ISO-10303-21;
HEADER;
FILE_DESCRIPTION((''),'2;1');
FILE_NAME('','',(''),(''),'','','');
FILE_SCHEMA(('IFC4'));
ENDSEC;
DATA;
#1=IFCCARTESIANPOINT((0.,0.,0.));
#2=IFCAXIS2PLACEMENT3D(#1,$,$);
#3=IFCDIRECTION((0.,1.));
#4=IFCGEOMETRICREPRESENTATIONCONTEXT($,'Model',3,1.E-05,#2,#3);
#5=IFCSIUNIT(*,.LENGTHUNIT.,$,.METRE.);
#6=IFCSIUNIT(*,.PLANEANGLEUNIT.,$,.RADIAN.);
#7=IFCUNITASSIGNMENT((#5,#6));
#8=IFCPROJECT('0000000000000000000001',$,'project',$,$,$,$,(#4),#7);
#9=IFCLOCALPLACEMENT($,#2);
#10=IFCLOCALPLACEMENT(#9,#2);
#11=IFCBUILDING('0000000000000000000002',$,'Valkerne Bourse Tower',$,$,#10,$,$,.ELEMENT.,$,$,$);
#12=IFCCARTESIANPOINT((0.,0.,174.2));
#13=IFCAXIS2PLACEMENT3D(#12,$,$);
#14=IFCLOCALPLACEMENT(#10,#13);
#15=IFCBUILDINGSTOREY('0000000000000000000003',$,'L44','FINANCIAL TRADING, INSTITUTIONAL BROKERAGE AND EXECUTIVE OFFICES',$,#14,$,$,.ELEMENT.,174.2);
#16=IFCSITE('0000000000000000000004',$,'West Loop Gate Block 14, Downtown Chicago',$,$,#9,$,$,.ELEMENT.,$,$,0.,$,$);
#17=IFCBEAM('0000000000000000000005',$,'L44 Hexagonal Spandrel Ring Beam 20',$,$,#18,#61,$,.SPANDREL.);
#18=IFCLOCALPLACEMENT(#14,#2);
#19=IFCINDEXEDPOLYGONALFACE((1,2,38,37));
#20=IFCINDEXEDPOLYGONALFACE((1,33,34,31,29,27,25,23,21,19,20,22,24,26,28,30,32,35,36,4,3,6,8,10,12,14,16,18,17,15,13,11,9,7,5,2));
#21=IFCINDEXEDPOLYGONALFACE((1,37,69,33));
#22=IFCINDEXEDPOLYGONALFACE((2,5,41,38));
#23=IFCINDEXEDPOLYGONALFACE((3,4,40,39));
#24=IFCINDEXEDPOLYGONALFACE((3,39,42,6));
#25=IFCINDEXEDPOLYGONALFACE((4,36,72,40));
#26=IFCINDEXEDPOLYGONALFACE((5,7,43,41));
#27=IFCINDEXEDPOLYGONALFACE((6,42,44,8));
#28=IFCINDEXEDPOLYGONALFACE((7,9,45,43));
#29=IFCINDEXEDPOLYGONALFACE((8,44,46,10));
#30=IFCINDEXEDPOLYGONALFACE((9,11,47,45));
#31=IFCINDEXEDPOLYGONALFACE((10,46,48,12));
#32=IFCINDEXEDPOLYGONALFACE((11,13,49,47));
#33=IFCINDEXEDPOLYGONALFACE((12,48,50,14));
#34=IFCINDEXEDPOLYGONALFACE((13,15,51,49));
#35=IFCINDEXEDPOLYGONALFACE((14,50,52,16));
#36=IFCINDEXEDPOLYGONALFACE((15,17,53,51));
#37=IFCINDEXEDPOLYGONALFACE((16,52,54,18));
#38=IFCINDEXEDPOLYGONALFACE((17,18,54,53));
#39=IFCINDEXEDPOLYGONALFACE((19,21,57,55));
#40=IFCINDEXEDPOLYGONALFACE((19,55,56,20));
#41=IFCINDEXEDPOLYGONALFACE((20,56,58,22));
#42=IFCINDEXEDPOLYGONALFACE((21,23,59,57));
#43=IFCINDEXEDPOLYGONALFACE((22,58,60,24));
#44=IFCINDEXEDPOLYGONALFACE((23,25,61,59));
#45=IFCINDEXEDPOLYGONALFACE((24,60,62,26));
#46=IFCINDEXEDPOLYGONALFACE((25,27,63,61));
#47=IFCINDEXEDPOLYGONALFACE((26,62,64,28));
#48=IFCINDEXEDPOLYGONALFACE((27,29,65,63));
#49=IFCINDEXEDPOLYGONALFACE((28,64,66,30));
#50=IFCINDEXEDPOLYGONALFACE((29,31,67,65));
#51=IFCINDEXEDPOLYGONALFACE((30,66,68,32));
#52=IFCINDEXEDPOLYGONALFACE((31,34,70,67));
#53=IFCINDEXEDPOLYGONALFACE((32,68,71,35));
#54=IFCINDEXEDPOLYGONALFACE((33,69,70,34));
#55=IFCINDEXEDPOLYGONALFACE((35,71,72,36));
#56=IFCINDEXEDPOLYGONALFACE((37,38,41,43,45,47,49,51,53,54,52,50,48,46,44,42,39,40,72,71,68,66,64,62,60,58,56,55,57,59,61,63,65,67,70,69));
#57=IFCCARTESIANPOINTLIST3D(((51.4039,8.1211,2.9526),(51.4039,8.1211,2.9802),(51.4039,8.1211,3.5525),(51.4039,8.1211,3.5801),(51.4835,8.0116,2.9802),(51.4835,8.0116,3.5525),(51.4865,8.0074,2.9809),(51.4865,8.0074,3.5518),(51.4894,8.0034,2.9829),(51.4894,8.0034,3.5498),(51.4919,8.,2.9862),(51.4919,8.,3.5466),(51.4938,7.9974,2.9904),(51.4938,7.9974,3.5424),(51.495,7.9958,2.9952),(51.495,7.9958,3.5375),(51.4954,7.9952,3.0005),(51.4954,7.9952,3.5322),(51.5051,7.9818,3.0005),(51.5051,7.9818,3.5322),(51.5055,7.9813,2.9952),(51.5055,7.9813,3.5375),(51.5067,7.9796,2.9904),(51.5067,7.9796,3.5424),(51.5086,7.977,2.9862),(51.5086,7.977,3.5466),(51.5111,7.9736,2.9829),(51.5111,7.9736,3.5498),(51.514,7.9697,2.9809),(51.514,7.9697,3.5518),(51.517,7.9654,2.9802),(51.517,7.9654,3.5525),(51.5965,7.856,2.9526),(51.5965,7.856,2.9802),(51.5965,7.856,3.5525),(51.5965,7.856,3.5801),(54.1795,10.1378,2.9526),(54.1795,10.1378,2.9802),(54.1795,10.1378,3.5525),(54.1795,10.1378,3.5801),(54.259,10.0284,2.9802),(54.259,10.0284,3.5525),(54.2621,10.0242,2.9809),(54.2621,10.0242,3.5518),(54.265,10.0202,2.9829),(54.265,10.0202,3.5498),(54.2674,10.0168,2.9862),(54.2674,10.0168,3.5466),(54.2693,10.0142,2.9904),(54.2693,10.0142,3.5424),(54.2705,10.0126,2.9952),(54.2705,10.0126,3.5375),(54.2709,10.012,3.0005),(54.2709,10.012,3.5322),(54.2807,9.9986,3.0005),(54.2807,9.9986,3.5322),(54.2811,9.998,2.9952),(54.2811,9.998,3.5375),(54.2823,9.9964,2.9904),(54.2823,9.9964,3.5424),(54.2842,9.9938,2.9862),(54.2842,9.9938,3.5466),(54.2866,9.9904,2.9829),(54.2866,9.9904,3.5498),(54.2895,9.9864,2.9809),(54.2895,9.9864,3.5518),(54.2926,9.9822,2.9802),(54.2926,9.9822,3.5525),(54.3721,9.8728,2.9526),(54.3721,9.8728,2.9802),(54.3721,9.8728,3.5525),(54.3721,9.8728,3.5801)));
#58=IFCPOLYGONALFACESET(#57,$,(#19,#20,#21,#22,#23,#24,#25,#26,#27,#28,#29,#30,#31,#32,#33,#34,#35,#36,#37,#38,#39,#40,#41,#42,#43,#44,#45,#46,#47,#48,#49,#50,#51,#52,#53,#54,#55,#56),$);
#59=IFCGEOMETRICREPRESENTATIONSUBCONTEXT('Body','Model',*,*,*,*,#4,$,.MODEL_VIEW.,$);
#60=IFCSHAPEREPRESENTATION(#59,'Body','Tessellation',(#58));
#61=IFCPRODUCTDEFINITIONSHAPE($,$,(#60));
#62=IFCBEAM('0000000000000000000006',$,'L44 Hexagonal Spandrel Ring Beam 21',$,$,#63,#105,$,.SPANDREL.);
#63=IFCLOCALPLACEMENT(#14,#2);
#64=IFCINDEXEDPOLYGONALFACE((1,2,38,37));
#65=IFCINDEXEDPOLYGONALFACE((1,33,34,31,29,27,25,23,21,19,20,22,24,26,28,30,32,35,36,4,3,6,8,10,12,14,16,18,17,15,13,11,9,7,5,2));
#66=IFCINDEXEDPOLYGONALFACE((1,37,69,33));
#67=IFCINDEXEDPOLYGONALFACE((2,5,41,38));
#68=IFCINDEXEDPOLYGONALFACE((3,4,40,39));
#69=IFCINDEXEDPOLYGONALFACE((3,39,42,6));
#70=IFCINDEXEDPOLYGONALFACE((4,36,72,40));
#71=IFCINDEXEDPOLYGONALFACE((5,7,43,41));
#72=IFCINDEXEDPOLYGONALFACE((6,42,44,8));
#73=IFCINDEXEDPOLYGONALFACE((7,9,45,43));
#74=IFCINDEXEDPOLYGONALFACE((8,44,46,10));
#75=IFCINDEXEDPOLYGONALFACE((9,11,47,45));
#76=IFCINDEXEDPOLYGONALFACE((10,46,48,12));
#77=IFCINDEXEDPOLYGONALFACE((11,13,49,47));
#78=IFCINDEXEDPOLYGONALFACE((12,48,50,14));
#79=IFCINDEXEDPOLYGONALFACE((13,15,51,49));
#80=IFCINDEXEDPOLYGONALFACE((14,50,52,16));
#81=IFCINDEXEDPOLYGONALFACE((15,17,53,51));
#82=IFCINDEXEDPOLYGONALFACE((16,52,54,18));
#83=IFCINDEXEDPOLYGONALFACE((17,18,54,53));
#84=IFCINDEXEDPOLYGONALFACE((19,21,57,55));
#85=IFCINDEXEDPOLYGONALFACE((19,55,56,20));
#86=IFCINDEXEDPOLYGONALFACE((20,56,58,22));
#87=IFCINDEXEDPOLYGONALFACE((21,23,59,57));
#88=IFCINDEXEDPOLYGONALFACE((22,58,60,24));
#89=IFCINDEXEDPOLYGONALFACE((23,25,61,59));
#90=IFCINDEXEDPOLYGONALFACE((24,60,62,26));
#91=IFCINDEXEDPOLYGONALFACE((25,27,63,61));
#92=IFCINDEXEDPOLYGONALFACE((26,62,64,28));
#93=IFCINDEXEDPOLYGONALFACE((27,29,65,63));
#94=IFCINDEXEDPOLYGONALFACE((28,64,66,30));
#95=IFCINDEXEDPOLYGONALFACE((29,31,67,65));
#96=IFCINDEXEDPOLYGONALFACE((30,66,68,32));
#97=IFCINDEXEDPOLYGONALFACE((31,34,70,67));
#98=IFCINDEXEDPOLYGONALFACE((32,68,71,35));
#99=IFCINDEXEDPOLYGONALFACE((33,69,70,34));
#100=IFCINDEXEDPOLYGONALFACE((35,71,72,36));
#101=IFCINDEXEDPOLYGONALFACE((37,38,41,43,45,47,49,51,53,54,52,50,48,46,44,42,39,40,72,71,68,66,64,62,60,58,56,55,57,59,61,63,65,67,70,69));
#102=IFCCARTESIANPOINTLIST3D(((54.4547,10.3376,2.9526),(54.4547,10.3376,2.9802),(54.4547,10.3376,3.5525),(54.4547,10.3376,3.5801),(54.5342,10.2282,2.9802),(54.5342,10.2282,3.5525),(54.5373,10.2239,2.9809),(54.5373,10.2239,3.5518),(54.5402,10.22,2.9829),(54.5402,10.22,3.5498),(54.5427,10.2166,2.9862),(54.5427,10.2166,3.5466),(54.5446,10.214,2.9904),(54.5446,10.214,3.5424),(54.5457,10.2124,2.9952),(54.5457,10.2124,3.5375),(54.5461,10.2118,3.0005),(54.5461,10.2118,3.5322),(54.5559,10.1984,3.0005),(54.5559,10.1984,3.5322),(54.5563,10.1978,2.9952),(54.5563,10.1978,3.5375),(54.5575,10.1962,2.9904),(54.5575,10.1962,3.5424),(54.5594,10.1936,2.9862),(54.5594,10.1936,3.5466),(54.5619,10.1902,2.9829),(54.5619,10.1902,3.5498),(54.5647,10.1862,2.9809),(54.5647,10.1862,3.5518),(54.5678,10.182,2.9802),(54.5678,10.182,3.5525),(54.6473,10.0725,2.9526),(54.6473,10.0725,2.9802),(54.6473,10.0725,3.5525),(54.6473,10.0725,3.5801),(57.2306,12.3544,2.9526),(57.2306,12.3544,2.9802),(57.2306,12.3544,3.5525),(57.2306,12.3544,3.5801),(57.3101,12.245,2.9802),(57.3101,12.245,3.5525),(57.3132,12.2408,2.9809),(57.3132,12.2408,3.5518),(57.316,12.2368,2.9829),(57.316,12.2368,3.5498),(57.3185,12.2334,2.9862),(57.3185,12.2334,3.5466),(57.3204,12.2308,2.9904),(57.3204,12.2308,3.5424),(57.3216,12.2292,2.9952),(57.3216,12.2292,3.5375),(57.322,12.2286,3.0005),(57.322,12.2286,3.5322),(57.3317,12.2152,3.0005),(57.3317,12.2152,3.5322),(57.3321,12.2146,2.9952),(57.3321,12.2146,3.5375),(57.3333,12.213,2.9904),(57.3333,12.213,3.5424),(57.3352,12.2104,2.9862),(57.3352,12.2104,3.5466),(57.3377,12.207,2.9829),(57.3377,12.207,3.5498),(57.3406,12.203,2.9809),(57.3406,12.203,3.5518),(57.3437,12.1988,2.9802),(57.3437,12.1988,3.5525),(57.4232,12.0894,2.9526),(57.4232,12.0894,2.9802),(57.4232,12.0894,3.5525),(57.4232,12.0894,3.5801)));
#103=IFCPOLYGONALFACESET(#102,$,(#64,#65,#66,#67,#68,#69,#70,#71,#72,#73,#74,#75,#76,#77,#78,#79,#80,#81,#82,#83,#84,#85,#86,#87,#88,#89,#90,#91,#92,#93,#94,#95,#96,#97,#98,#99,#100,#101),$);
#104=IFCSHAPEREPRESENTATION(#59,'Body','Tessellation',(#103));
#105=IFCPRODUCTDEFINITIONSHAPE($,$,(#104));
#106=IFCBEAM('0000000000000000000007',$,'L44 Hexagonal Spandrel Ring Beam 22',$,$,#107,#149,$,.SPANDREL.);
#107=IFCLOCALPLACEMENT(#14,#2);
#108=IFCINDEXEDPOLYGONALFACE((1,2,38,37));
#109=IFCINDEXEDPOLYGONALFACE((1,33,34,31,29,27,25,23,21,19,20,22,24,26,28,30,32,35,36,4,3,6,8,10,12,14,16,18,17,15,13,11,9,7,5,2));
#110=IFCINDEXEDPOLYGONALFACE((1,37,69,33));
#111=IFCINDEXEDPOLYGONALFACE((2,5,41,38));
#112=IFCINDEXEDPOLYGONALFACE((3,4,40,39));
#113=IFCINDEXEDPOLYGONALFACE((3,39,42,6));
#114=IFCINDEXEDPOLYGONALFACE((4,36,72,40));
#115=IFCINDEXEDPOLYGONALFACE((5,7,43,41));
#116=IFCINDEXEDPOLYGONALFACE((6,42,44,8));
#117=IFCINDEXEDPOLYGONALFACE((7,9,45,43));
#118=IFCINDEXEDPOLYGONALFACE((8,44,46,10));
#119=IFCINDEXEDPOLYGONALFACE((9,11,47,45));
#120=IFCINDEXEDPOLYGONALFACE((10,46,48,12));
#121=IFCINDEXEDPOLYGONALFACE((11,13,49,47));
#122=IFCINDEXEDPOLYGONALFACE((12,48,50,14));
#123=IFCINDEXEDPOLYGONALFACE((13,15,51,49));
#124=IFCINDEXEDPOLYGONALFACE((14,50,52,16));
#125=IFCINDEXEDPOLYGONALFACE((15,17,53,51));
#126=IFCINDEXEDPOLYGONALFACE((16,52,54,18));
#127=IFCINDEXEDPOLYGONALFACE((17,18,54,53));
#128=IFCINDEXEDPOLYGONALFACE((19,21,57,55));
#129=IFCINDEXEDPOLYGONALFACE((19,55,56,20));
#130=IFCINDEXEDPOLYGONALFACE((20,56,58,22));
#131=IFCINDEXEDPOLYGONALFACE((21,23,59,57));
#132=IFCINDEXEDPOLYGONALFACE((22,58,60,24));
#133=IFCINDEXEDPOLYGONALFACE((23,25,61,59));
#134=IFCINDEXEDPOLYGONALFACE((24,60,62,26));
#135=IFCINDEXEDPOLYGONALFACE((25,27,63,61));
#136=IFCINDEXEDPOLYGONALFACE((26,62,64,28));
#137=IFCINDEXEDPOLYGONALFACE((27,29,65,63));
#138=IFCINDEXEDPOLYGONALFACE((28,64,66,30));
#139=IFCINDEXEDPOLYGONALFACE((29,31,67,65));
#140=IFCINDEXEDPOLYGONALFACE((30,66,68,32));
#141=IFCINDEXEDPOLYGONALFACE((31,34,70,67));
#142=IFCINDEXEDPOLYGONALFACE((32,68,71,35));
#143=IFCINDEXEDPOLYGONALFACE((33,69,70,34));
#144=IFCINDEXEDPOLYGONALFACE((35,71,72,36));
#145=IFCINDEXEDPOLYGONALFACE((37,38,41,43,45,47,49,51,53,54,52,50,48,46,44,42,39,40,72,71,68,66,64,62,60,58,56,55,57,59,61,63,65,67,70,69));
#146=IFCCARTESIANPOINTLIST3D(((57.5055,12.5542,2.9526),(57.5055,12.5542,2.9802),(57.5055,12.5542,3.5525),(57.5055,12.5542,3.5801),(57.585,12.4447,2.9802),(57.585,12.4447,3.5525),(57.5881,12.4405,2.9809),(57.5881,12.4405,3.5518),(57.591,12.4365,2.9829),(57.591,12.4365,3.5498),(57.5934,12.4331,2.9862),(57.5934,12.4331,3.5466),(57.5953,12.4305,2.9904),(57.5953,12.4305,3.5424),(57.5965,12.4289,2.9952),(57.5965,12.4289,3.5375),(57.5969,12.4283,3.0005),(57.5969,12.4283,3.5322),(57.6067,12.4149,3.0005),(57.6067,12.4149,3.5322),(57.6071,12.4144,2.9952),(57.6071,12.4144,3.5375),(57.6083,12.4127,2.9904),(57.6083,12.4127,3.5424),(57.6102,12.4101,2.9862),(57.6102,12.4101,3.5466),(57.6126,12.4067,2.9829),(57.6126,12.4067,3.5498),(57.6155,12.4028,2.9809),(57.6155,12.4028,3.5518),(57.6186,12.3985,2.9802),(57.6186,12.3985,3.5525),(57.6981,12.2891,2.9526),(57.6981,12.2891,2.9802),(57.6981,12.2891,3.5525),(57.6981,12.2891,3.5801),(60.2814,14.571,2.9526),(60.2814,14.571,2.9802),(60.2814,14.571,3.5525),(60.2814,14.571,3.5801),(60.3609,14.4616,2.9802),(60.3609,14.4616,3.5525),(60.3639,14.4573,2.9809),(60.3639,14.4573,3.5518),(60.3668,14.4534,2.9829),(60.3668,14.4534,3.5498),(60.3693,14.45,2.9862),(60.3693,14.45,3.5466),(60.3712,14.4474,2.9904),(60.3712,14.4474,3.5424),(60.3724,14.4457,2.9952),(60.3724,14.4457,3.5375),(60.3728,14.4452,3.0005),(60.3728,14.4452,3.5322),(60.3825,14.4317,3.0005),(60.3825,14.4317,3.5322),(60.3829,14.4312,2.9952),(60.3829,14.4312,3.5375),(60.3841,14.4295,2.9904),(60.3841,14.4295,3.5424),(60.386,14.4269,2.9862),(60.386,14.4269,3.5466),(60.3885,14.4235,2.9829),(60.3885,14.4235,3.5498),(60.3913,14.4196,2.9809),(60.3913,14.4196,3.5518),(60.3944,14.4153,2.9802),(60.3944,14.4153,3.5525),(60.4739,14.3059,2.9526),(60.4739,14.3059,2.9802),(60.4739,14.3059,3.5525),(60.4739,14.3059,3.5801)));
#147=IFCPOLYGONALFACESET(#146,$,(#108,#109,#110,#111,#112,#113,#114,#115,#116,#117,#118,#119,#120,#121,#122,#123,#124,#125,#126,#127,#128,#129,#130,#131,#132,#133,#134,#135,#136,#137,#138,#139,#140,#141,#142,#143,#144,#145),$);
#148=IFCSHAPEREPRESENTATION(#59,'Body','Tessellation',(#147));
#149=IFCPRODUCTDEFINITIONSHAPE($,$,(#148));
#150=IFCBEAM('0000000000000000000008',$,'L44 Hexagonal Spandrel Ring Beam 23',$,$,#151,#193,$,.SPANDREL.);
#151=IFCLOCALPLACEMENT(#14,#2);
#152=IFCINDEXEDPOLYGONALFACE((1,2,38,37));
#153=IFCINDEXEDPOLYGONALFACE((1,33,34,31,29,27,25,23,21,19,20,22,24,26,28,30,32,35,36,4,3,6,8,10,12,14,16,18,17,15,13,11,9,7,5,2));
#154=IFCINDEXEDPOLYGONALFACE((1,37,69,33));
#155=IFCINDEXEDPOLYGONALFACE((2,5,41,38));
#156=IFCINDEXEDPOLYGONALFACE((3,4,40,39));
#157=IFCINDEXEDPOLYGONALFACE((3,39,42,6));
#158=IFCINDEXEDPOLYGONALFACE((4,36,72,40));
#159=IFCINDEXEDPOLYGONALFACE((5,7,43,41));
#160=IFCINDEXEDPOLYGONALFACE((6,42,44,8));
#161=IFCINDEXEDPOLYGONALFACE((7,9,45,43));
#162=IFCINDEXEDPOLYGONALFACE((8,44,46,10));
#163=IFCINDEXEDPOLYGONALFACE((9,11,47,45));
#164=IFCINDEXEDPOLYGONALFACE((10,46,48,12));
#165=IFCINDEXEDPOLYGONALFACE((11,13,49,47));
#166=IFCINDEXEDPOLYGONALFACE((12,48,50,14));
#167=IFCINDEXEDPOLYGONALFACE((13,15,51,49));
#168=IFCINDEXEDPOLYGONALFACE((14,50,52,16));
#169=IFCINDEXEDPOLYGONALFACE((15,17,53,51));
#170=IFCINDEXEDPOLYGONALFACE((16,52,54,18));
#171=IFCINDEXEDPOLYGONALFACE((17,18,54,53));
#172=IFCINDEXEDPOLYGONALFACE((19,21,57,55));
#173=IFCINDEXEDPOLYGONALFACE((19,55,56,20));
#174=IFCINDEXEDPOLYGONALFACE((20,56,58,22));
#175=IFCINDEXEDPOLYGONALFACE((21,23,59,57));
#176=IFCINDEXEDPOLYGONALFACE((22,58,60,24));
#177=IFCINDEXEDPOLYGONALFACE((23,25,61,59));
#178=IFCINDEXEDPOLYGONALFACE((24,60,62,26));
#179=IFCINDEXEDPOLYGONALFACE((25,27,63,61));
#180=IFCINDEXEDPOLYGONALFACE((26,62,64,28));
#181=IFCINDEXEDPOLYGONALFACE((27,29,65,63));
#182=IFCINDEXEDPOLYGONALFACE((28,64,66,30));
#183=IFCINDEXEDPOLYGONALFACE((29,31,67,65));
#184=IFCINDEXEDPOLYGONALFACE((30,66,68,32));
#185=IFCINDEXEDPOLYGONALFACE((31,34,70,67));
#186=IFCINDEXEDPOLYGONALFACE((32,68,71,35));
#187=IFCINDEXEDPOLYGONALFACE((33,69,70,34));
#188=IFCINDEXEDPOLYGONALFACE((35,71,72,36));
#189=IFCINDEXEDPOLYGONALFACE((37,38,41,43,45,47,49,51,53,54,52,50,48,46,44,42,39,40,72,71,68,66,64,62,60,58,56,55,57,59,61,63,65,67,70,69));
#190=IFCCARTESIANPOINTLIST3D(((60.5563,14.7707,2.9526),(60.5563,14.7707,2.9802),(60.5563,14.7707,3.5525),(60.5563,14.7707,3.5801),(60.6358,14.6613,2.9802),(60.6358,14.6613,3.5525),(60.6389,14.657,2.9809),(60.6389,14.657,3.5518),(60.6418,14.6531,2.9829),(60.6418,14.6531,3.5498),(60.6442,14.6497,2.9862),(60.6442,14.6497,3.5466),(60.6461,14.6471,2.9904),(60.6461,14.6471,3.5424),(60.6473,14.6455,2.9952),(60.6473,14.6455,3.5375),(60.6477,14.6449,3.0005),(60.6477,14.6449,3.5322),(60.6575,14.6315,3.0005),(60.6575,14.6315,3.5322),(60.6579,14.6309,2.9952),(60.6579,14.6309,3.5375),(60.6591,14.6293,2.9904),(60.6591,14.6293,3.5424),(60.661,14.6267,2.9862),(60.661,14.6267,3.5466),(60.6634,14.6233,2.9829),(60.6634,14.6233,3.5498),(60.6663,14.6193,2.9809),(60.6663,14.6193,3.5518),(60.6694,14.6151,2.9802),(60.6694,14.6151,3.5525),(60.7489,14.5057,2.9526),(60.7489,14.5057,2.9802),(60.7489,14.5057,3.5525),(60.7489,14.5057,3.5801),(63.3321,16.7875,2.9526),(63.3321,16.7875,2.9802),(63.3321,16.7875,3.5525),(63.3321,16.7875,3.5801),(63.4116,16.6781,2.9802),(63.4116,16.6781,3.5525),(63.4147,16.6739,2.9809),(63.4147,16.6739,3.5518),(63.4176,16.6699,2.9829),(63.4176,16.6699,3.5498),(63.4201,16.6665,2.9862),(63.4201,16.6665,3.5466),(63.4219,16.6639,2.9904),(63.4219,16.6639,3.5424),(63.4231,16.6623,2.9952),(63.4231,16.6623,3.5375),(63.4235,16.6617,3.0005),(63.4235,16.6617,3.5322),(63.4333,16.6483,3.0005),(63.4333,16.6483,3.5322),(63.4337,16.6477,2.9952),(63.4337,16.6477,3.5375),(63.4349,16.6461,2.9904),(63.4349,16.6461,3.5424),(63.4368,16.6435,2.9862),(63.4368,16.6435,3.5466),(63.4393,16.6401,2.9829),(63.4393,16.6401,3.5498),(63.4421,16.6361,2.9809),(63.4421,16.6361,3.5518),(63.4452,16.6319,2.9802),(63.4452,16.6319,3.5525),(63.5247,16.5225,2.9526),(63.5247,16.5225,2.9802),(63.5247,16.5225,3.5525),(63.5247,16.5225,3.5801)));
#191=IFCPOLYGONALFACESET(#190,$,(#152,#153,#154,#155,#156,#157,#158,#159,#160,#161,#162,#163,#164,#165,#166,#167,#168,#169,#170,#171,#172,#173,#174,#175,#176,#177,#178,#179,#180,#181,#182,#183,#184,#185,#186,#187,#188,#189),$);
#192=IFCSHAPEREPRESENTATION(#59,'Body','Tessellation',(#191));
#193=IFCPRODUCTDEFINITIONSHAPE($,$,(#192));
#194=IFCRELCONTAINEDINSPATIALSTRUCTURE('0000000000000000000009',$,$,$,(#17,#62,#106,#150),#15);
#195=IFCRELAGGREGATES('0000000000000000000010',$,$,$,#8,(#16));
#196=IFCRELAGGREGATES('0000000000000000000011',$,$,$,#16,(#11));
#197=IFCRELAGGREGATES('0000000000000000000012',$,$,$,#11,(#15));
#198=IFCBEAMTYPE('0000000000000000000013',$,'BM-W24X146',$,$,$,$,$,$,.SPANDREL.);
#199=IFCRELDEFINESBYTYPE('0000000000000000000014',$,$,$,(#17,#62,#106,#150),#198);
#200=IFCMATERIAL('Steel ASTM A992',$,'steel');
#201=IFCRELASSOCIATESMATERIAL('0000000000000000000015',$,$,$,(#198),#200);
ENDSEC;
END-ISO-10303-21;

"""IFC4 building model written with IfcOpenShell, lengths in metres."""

from ifc_helpers import new_model, si_unit, direction, frame, origin, origin_2d, place, context, subcontext, project, spatial, i_section, extrude, material, material_profile, profile_set, type_object, element, save


model = new_model("IFC4")

# Units and contexts
model_context = context("Model", 3, precision=1e-05, world=origin(), true_north=direction((0.0, 1.0)))
body_context = subcontext(model_context, "Body", "Model", "MODEL_VIEW")
ifc_project = project(units=[si_unit("LENGTHUNIT", "METRE"), si_unit("PLANEANGLEUNIT", "RADIAN")], contexts=[model_context])

# Site, building, storey
site_placement = place(None, origin())
site = spatial("IfcSite", under=ifc_project, at=site_placement, Name="West Loop Gate Block 14, Downtown Chicago", CompositionType="ELEMENT", RefElevation=0.0)
building_placement = place(site_placement, origin())
building = spatial("IfcBuilding", under=site, at=building_placement, Name="Valkerne Bourse Tower", CompositionType="ELEMENT")
storey_placement = place(building_placement, frame((0.0, 0.0, 174.2)))
storey = spatial("IfcBuildingStorey", under=building, at=storey_placement, Name="L44", Description="FINANCIAL TRADING, INSTITUTIONAL BROKERAGE AND EXECUTIVE OFFICES", CompositionType="ELEMENT", Elevation=174.2)

# Beams
ifc_material_1 = material(Name="Steel ASTM A992", Category="steel")
ifc_material_profile_1 = material_profile(ifc_material_1, i_section(OverallWidth=0.3276, OverallDepth=0.6274, WebThickness=0.0166, FlangeThickness=0.0276, FilletRadius=0.0203, at=origin_2d()), Name="W24X146")
ifc_profile_set_1 = profile_set([ifc_material_profile_1], Name="Steel ASTM A992")
beam_type = type_object("IfcBeamType", Name="BM-W24X146", PredefinedType="SPANDREL", material=ifc_profile_set_1)
beam_1_placement = place(storey_placement, frame((51.5002, 7.9885, 3.2664), z_axis=(0.808985, 0.587829, 0.0), x_axis=(-0.587829, 0.808985, 0.0)))
element("IfcBeam", 1, at=beam_1_placement, inside=storey, type_object=beam_type, Name="L44 Hexagonal Spandrel Ring Beam 20", PredefinedType="SPANDREL", context=body_context, shape_type="SweptSolid", body=[
    extrude(i_section(OverallWidth=0.3276, OverallDepth=0.6274, WebThickness=0.0166, FlangeThickness=0.0276, FilletRadius=0.0203, at=origin_2d()), origin(), (0.0, 0.0, 1.0), 3.4309),
])
for number, where, z_axis, x_axis, name in (
    (2, (54.551, 10.2051, 3.2664), (0.80901, 0.587795, 0.0), (-0.587795, 0.80901, 0.0), "L44 Hexagonal Spandrel Ring Beam 21"),
    (3, (57.6018, 12.4216, 3.2664), (0.80901, 0.587795, 0.0), (-0.587795, 0.80901, 0.0), "L44 Hexagonal Spandrel Ring Beam 22"),
    (4, (60.6526, 14.6382, 3.2664), (0.80901, 0.587795, 0.0), (-0.587795, 0.80901, 0.0), "L44 Hexagonal Spandrel Ring Beam 23"),
):
    element("IfcBeam", number, at=place(storey_placement, frame(where, z_axis=z_axis, x_axis=x_axis)), inside=storey, type_object=beam_type, Name=name, PredefinedType="SPANDREL", context=body_context, shape_type="SweptSolid", body=[
        extrude(i_section(OverallWidth=0.3276, OverallDepth=0.6274, WebThickness=0.0166, FlangeThickness=0.0276, FilletRadius=0.0203, at=origin_2d()), origin(), (0.0, 0.0, 1.0), 3.4312),
    ])

save(model, "model.ifc")
